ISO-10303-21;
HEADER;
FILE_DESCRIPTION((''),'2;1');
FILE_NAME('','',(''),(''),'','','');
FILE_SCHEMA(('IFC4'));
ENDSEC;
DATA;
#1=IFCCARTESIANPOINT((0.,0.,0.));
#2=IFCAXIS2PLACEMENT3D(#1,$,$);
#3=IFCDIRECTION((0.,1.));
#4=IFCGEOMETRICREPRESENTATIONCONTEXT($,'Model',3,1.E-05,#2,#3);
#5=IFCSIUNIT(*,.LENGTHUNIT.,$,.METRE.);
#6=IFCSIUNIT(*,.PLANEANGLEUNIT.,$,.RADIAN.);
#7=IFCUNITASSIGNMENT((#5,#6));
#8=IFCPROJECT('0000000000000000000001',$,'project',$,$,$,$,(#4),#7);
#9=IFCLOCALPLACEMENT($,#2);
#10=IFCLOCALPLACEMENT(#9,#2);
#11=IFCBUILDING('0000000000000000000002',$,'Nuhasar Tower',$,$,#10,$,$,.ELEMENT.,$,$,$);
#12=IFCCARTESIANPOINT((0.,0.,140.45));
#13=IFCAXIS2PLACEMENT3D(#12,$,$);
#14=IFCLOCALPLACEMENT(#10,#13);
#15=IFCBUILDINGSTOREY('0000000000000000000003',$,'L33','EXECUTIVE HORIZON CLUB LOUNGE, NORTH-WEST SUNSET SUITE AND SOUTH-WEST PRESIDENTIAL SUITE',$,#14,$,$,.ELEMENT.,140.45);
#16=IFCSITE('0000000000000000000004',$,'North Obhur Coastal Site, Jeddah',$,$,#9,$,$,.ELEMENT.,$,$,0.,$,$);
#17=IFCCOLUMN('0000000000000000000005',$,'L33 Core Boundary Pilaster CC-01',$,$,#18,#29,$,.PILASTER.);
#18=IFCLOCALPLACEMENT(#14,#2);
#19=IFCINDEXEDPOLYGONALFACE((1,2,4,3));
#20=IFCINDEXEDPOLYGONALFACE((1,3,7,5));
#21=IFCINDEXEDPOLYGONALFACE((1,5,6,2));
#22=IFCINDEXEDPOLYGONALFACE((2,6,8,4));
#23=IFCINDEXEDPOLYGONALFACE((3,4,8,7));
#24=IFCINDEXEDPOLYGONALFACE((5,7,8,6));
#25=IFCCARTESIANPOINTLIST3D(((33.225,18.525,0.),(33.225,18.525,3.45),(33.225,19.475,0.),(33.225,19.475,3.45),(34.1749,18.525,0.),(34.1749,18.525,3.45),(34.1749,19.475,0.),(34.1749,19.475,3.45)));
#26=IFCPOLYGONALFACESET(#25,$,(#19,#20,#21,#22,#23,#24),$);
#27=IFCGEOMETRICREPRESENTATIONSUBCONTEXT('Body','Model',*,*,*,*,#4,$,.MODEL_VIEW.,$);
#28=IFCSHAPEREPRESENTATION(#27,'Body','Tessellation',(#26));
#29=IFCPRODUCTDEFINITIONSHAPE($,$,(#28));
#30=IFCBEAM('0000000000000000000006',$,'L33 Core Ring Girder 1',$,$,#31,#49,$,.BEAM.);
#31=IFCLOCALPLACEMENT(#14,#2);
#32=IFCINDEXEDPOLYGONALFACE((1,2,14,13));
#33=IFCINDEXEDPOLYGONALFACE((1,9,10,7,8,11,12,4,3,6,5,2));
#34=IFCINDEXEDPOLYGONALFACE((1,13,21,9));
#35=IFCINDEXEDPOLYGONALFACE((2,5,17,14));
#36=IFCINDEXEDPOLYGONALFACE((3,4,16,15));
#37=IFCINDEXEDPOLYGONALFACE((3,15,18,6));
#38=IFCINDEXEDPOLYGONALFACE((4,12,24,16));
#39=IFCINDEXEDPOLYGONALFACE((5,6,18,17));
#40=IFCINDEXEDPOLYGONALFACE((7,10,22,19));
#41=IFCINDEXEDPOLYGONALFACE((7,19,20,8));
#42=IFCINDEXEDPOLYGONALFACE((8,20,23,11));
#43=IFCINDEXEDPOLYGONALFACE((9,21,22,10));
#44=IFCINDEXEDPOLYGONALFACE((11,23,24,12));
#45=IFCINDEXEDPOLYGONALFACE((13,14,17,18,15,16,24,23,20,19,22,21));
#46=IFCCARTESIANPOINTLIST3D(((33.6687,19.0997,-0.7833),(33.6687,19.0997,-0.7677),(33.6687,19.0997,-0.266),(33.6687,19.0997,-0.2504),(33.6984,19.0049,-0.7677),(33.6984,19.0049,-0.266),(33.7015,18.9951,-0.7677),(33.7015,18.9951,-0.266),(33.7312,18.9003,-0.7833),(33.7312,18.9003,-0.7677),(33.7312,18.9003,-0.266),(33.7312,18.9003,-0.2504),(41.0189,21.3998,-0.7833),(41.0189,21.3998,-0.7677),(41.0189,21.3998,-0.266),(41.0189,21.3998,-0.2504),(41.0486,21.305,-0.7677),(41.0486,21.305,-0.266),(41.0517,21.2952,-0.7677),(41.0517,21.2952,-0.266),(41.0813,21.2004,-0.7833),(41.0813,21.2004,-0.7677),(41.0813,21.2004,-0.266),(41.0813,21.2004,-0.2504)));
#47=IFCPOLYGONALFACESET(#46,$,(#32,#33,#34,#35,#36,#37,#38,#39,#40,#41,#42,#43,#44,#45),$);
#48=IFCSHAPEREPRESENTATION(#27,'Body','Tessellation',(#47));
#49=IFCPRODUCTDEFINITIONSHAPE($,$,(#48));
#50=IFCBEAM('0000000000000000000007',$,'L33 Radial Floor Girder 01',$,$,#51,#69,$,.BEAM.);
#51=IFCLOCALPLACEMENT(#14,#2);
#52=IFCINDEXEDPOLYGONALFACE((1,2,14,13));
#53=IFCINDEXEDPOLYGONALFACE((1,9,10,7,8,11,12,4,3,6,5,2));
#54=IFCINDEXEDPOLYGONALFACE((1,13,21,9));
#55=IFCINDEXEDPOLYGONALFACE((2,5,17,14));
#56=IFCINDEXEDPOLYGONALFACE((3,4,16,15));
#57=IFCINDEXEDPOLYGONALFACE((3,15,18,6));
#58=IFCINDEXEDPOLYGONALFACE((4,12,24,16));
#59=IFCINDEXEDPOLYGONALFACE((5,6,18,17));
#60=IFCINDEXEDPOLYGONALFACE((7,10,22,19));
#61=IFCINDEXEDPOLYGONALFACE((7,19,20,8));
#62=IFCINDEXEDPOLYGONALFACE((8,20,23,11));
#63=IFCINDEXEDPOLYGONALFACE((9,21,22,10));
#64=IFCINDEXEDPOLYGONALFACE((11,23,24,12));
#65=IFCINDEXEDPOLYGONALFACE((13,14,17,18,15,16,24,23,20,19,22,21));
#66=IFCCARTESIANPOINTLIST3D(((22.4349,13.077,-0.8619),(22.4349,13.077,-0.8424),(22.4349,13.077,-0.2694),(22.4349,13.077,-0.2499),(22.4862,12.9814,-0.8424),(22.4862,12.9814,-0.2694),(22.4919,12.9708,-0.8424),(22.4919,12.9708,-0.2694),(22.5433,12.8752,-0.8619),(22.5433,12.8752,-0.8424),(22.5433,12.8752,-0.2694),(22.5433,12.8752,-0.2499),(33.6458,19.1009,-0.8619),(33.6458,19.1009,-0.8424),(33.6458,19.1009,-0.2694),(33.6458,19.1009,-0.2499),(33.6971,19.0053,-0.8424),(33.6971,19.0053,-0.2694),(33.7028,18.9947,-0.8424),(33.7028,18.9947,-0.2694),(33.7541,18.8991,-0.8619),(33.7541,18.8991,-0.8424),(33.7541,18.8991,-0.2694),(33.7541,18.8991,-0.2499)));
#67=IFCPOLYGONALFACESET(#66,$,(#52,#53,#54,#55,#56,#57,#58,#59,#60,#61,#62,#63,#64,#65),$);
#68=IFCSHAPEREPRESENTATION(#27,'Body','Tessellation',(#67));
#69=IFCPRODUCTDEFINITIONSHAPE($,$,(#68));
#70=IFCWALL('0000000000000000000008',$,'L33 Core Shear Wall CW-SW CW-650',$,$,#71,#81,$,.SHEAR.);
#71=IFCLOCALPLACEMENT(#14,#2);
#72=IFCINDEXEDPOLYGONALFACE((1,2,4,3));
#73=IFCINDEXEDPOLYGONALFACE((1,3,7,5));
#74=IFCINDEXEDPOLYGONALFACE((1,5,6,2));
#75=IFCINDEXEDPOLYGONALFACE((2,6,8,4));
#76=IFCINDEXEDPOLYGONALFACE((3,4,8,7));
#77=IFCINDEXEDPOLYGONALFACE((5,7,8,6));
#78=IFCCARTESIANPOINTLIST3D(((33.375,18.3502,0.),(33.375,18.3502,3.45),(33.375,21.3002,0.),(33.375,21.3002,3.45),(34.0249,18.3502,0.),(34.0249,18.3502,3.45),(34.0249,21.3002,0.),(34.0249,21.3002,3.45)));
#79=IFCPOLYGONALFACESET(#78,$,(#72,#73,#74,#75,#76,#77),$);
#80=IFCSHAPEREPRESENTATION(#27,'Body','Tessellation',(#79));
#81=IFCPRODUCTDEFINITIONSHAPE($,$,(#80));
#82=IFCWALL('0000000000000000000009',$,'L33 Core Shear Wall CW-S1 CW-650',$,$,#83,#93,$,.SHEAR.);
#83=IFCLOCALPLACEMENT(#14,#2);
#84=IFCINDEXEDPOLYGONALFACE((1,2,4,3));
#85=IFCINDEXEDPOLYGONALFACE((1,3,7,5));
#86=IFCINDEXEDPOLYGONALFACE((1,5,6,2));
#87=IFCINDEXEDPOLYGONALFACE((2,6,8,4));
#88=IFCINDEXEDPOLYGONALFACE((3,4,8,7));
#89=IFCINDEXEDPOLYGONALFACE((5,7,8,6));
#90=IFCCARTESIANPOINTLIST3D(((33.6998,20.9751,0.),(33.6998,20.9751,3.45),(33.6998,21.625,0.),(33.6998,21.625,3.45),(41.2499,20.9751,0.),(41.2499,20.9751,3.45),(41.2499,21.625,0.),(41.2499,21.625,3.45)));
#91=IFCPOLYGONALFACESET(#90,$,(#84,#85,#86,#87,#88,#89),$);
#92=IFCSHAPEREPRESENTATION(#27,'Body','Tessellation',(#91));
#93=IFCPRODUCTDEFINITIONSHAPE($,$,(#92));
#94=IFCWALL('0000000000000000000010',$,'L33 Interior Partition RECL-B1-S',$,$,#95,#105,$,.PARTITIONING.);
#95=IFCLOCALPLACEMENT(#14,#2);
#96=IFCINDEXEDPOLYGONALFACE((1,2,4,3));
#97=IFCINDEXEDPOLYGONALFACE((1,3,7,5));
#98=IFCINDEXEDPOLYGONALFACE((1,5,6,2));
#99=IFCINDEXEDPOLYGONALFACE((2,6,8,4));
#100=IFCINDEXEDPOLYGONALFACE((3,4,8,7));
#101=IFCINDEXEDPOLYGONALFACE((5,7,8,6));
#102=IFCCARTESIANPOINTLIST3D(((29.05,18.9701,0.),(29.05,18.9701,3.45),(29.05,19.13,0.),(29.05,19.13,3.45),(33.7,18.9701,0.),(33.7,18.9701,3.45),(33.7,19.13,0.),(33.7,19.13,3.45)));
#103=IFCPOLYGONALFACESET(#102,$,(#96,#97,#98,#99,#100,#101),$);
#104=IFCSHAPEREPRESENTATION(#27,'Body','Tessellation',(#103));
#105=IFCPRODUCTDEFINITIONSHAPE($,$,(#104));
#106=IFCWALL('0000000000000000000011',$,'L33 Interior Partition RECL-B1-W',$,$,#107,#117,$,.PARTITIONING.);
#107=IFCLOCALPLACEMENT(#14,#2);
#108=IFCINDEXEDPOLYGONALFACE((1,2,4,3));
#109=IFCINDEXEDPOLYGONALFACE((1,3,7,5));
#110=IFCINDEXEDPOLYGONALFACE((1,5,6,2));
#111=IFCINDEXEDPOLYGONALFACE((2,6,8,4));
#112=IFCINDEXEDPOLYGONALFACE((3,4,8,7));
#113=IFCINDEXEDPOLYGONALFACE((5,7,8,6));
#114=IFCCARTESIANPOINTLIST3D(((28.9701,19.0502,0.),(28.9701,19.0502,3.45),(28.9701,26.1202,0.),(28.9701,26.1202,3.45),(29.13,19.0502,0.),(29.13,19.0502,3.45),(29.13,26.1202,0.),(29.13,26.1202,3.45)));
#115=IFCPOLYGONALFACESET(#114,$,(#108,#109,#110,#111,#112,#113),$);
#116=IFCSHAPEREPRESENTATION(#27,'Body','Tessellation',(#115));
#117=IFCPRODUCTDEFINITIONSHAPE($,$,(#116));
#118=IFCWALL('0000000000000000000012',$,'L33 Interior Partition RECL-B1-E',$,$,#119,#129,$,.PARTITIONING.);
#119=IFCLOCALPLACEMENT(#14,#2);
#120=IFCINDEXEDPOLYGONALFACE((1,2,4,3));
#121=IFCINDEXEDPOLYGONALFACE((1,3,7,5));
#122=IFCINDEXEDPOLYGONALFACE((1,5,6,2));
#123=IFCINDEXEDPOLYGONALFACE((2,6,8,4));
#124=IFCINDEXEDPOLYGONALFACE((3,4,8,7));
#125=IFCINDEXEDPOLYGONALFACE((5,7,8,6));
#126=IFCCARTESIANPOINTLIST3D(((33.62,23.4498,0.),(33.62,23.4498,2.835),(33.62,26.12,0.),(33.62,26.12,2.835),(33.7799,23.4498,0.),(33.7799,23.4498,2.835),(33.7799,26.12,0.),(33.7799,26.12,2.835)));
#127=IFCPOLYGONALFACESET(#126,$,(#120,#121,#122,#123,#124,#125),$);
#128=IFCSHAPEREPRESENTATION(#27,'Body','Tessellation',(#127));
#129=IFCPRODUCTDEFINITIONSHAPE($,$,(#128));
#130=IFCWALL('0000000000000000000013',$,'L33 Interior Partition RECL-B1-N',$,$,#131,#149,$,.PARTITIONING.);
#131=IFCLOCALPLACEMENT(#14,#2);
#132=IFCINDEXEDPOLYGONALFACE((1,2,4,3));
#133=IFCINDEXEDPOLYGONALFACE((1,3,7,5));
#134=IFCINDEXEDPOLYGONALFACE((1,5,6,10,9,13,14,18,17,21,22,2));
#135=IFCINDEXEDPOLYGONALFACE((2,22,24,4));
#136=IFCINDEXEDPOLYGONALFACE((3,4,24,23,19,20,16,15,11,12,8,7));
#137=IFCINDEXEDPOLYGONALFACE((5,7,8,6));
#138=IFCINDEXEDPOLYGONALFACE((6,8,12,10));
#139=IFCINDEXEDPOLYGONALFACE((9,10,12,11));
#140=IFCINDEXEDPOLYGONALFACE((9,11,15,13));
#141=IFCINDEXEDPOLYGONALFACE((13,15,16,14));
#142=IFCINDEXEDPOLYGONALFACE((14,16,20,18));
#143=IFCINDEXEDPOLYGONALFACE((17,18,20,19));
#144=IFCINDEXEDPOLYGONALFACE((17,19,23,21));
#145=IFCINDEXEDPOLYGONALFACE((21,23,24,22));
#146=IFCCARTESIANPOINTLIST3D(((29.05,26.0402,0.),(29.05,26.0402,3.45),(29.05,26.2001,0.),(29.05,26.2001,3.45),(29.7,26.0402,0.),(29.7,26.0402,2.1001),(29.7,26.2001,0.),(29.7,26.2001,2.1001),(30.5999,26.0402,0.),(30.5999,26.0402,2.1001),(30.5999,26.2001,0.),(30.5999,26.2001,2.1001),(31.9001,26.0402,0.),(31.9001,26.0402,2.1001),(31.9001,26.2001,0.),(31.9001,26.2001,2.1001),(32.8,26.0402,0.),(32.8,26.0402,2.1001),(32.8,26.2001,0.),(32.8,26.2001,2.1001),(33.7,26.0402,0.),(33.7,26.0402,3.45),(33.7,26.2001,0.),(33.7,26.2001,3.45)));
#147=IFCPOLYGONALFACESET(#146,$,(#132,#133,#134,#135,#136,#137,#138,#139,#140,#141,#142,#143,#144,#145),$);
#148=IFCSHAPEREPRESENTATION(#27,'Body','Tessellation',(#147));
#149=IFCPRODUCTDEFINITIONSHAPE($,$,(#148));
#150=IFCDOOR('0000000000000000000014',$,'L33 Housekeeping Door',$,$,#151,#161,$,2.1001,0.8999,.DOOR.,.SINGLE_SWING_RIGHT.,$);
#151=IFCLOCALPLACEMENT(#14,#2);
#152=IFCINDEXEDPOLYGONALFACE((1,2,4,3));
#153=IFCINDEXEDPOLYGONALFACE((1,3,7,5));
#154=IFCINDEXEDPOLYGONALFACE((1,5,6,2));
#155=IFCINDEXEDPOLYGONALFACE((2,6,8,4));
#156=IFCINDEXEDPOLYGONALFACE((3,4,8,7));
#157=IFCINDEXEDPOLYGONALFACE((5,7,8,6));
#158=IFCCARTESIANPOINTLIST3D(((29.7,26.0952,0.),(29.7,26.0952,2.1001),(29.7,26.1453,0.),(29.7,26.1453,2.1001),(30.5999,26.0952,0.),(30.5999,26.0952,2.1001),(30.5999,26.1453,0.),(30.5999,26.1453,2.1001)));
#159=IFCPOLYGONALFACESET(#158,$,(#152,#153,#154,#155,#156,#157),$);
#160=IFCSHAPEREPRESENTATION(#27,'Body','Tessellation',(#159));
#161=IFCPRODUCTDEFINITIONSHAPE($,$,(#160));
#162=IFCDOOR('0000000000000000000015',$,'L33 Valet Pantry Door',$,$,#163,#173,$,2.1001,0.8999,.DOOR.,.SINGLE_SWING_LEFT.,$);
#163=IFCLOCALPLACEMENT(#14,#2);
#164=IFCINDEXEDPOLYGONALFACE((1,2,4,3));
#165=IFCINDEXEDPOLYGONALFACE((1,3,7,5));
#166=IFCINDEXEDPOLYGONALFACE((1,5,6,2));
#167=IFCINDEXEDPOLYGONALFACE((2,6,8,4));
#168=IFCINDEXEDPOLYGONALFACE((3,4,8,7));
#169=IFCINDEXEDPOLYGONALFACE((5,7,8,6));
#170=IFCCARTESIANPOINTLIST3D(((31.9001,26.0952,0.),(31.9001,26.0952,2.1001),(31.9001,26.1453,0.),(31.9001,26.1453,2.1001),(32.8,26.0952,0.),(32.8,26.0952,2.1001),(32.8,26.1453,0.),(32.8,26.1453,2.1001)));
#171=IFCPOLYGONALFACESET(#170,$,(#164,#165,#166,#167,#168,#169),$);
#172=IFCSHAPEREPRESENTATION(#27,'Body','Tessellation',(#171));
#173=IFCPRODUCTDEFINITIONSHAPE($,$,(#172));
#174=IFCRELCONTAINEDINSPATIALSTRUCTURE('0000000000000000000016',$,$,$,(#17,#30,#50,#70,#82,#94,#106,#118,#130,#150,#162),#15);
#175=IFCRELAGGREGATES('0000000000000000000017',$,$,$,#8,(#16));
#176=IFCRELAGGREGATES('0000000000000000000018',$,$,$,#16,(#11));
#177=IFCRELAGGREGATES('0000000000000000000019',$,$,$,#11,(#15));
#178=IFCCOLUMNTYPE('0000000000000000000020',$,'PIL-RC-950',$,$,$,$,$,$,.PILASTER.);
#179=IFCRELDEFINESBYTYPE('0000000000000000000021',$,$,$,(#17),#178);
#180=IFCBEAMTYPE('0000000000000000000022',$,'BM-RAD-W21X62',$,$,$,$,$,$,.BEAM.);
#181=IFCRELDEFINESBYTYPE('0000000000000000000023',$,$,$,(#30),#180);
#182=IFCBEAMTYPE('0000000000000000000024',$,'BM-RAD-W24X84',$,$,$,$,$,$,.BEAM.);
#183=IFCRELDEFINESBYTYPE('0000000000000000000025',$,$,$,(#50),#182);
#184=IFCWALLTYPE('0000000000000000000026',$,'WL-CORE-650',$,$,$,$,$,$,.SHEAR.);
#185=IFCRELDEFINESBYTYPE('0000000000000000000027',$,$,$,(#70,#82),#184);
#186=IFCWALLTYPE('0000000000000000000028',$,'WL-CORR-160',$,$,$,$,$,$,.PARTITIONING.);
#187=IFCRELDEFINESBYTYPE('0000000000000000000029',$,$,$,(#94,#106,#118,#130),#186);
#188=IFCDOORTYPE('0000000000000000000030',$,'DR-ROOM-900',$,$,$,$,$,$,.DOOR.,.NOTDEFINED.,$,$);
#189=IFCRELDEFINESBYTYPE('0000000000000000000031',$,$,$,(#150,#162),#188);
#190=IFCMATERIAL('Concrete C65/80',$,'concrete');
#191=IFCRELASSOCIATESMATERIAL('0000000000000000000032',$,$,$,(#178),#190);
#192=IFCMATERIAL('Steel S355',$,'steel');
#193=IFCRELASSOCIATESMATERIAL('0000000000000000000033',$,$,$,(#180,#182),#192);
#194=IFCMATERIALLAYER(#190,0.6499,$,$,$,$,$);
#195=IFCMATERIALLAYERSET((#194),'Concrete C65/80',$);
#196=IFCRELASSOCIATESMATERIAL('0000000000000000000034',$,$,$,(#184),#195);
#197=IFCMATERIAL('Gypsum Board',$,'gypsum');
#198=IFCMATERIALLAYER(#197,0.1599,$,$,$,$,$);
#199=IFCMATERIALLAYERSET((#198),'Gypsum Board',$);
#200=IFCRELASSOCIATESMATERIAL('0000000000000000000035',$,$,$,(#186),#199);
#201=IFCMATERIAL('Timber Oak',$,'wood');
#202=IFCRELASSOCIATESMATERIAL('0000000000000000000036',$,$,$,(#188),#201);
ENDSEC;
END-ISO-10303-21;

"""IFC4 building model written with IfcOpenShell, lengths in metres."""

from ifc_helpers import new_model, si_unit, direction, frame, frame_2d, origin, origin_2d, place, context, subcontext, project, spatial, rectangle, i_section, extrude, material, layer, layer_set, material_profile, profile_set, type_object, element, fill, save


model = new_model("IFC4")

# Units and contexts
model_context = context("Model", 3, precision=1e-05, world=origin(), true_north=direction((0.0, 1.0)))
body_context = subcontext(model_context, "Body", "Model", "MODEL_VIEW")
ifc_project = project(units=[si_unit("LENGTHUNIT", "METRE"), si_unit("PLANEANGLEUNIT", "RADIAN")], contexts=[model_context])

# Site, building, storey
site_placement = place(None, origin())
site = spatial("IfcSite", under=ifc_project, at=site_placement, Name="North Obhur Coastal Site, Jeddah", CompositionType="ELEMENT", RefElevation=0.0)
building_placement = place(site_placement, origin())
building = spatial("IfcBuilding", under=site, at=building_placement, Name="Nuhasar Tower", CompositionType="ELEMENT")
storey_placement = place(building_placement, frame((0.0, 0.0, 140.45)))
storey = spatial("IfcBuildingStorey", under=building, at=storey_placement, Name="L33", Description="EXECUTIVE HORIZON CLUB LOUNGE, NORTH-WEST SUNSET SUITE AND SOUTH-WEST PRESIDENTIAL SUITE", CompositionType="ELEMENT", Elevation=140.45)

# Column
ifc_material_1 = material(Name="Concrete C65/80", Category="concrete")
ifc_material_profile_1 = material_profile(ifc_material_1, rectangle(XDim=0.95, YDim=0.95, at=origin_2d()), Name="RC950X950")
ifc_profile_set_1 = profile_set([ifc_material_profile_1], Name="Concrete C65/80")
column_type = type_object("IfcColumnType", Name="PIL-RC-950", PredefinedType="PILASTER", material=ifc_profile_set_1)
column_placement = place(storey_placement, frame((33.7, 19.0, 0.0), z_axis=(0.0, 0.0, 1.0), x_axis=(1.0, 0.0, 0.0)))
element("IfcColumn", 1, at=column_placement, inside=storey, type_object=column_type, Name="L33 Core Boundary Pilaster CC-01", PredefinedType="PILASTER", context=body_context, shape_type="SweptSolid", body=[
    extrude(rectangle(XDim=0.95, YDim=0.95, at=origin_2d()), origin(), (0.0, 0.0, 1.0), 3.45),
])

# Beams
ifc_material_2 = material(Name="Steel S355", Category="steel")
ifc_material_profile_2 = material_profile(ifc_material_2, i_section(OverallWidth=0.209, OverallDepth=0.533, WebThickness=0.0103, FlangeThickness=0.0156, at=origin_2d()), Name="W21X62")
ifc_profile_set_2 = profile_set([ifc_material_profile_2], Name="Steel S355")
beam_type_1 = type_object("IfcBeamType", Name="BM-RAD-W21X62", PredefinedType="BEAM", material=ifc_profile_set_2)
beam_1_placement = place(storey_placement, frame((33.7, 19.0, -0.5168), z_axis=(0.954364, 0.298647, 0.0), x_axis=(-0.298647, 0.954364, 0.0)))
element("IfcBeam", 2, at=beam_1_placement, inside=storey, type_object=beam_type_1, Name="L33 Core Ring Girder 1", PredefinedType="BEAM", context=body_context, shape_type="SweptSolid", body=[
    extrude(i_section(OverallWidth=0.209, OverallDepth=0.533, WebThickness=0.0103, FlangeThickness=0.0156, at=origin_2d()), origin(), (0.0, 0.0, 1.0), 7.7017),
])
ifc_material_profile_3 = material_profile(ifc_material_2, i_section(OverallWidth=0.229, OverallDepth=0.6121, WebThickness=0.012, FlangeThickness=0.0195, at=origin_2d()), Name="W24X84")
ifc_profile_set_3 = profile_set([ifc_material_profile_3], Name="Steel S355")
beam_type_2 = type_object("IfcBeamType", Name="BM-RAD-W24X84", PredefinedType="BEAM", material=ifc_profile_set_3)
beam_2_placement = place(storey_placement, frame((33.7, 19.0, -0.5559), z_axis=(-0.880888, -0.473324, 0.0), x_axis=(0.473324, -0.880888, 0.0)))
element("IfcBeam", 3, at=beam_2_placement, inside=storey, type_object=beam_type_2, Name="L33 Radial Floor Girder 01", PredefinedType="BEAM", context=body_context, shape_type="SweptSolid", body=[
    extrude(i_section(OverallWidth=0.229, OverallDepth=0.6121, WebThickness=0.012, FlangeThickness=0.0195, at=origin_2d()), origin(), (0.0, 0.0, 1.0), 12.7268),
])

# Walls
ifc_layer_1 = layer(ifc_material_1, 0.6499)
ifc_layer_set_1 = layer_set([ifc_layer_1], Name="Concrete C65/80")
wall_type_1 = type_object("IfcWallType", Name="WL-CORE-650", PredefinedType="SHEAR", material=ifc_layer_set_1)
wall_1_placement = place(storey_placement, frame((33.7, 18.3501, 0.0), z_axis=(0.0, 0.0, 1.0), x_axis=(0.0, 1.0, 0.0)))
element("IfcWall", 4, at=wall_1_placement, inside=storey, type_object=wall_type_1, Name="L33 Core Shear Wall CW-SW CW-650", PredefinedType="SHEAR", context=body_context, shape_type="SweptSolid", body=[
    extrude(rectangle(XDim=2.95, YDim=0.6499, at=frame_2d((1.4751, 0.0))), origin(), (0.0, 0.0, 1.0), 3.45),
])
wall_2_placement = place(storey_placement, frame((33.7, 21.3, 0.0), z_axis=(0.0, 0.0, 1.0), x_axis=(1.0, 0.0, 0.0)))
element("IfcWall", 5, at=wall_2_placement, inside=storey, type_object=wall_type_1, Name="L33 Core Shear Wall CW-S1 CW-650", PredefinedType="SHEAR", context=body_context, shape_type="SweptSolid", body=[
    extrude(rectangle(XDim=7.55, YDim=0.6499, at=frame_2d((3.7749, 0.0))), origin(), (0.0, 0.0, 1.0), 3.45),
])
ifc_material_3 = material(Name="Gypsum Board", Category="gypsum")
ifc_layer_2 = layer(ifc_material_3, 0.1599)
ifc_layer_set_2 = layer_set([ifc_layer_2], Name="Gypsum Board")
wall_type_2 = type_object("IfcWallType", Name="WL-CORR-160", PredefinedType="PARTITIONING", material=ifc_layer_set_2)
wall_3_placement = place(storey_placement, frame((29.05, 19.05, 0.0), z_axis=(0.0, 0.0, 1.0), x_axis=(1.0, 0.0, 0.0)))
element("IfcWall", 6, at=wall_3_placement, inside=storey, type_object=wall_type_2, Name="L33 Interior Partition RECL-B1-S", PredefinedType="PARTITIONING", context=body_context, shape_type="SweptSolid", body=[
    extrude(rectangle(XDim=4.6499, YDim=0.1599, at=frame_2d((2.325, 0.0))), origin(), (0.0, 0.0, 1.0), 3.45),
])
wall_4_placement = place(storey_placement, frame((29.05, 19.05, 0.0), z_axis=(0.0, 0.0, 1.0), x_axis=(0.0, 1.0, 0.0)))
element("IfcWall", 7, at=wall_4_placement, inside=storey, type_object=wall_type_2, Name="L33 Interior Partition RECL-B1-W", PredefinedType="PARTITIONING", context=body_context, shape_type="SweptSolid", body=[
    extrude(rectangle(XDim=7.0701, YDim=0.1599, at=frame_2d((3.5352, 0.0))), origin(), (0.0, 0.0, 1.0), 3.45),
])
wall_5_placement = place(storey_placement, frame((33.7, 23.45, 0.0), z_axis=(0.0, 0.0, 1.0), x_axis=(0.0, 1.0, 0.0)))
element("IfcWall", 8, at=wall_5_placement, inside=storey, type_object=wall_type_2, Name="L33 Interior Partition RECL-B1-E", PredefinedType="PARTITIONING", context=body_context, shape_type="SweptSolid", body=[
    extrude(rectangle(XDim=2.6702, YDim=0.1599, at=frame_2d((1.335, 0.0))), origin(), (0.0, 0.0, 1.0), 2.835),
])

# Wall, openings, doors
wall_6_placement = place(storey_placement, frame((33.7, 26.1201, 0.0), z_axis=(0.0, 0.0, 1.0), x_axis=(-1.0, 0.0, 0.0)))
wall_6 = element("IfcWall", 9, at=wall_6_placement, inside=storey, type_object=wall_type_2, Name="L33 Interior Partition RECL-B1-N", PredefinedType="PARTITIONING", context=body_context, shape_type="SweptSolid", body=[
    extrude(rectangle(XDim=4.6499, YDim=0.1599, at=frame_2d((2.325, 0.0))), origin(), (0.0, 0.0, 1.0), 3.45),
])
opening_1_placement = place(wall_6_placement, frame((3.1001, 0.0, 0.0)))
opening_1 = element("IfcOpeningElement", 10, at=opening_1_placement, cuts=wall_6, PredefinedType="OPENING", context=body_context, shape_type="SweptSolid", body=[
    extrude(rectangle(XDim=0.8999, YDim=2.1001, at=frame_2d((0.45, 1.05))), frame((0.0, 0.0898, 0.0), z_axis=(0.0, -1.0, 0.0), x_axis=(1.0, 0.0, 0.0)), (0.0, 0.0, 1.0), 0.1799),
])
opening_2_placement = place(wall_6_placement, frame((0.8999, 0.0, 0.0)))
opening_2 = element("IfcOpeningElement", 11, at=opening_2_placement, cuts=wall_6, PredefinedType="OPENING", context=body_context, shape_type="SweptSolid", body=[
    extrude(rectangle(XDim=0.8999, YDim=2.1001, at=frame_2d((0.45, 1.05))), frame((0.0, 0.0898, 0.0), z_axis=(0.0, -1.0, 0.0), x_axis=(1.0, 0.0, 0.0)), (0.0, 0.0, 1.0), 0.1799),
])
ifc_material_4 = material(Name="Timber Oak", Category="wood")
door_type_1 = type_object("IfcDoorType", Name="DR-ROOM-900", OperationType="NOTDEFINED", PredefinedType="DOOR", material=ifc_material_4)
door_1_placement = place(opening_1_placement, origin())
door_1 = element("IfcDoor", 12, at=door_1_placement, inside=storey, type_object=door_type_1, Name="L33 Housekeeping Door", OperationType="SINGLE_SWING_RIGHT", OverallHeight=2.1001, OverallWidth=0.8999, PredefinedType="DOOR", context=body_context, shape_type="SweptSolid", body=[
    extrude(rectangle(XDim=0.8999, YDim=2.1001, at=frame_2d((0.45, 1.05))), frame((0.0, 0.0249, 0.0), z_axis=(0.0, -1.0, 0.0), x_axis=(1.0, 0.0, 0.0)), (0.0, 0.0, 1.0), 0.05),
])
fill(opening_1, door_1)
door_2_placement = place(opening_2_placement, origin())
door_2 = element("IfcDoor", 13, at=door_2_placement, inside=storey, type_object=door_type_1, Name="L33 Valet Pantry Door", OperationType="SINGLE_SWING_LEFT", OverallHeight=2.1001, OverallWidth=0.8999, PredefinedType="DOOR", context=body_context, shape_type="SweptSolid", body=[
    extrude(rectangle(XDim=0.8999, YDim=2.1001, at=frame_2d((0.45, 1.05))), frame((0.0, 0.0249, 0.0), z_axis=(0.0, -1.0, 0.0), x_axis=(1.0, 0.0, 0.0)), (0.0, 0.0, 1.0), 0.05),
])
fill(opening_2, door_2)

save(model, "model.ifc")
